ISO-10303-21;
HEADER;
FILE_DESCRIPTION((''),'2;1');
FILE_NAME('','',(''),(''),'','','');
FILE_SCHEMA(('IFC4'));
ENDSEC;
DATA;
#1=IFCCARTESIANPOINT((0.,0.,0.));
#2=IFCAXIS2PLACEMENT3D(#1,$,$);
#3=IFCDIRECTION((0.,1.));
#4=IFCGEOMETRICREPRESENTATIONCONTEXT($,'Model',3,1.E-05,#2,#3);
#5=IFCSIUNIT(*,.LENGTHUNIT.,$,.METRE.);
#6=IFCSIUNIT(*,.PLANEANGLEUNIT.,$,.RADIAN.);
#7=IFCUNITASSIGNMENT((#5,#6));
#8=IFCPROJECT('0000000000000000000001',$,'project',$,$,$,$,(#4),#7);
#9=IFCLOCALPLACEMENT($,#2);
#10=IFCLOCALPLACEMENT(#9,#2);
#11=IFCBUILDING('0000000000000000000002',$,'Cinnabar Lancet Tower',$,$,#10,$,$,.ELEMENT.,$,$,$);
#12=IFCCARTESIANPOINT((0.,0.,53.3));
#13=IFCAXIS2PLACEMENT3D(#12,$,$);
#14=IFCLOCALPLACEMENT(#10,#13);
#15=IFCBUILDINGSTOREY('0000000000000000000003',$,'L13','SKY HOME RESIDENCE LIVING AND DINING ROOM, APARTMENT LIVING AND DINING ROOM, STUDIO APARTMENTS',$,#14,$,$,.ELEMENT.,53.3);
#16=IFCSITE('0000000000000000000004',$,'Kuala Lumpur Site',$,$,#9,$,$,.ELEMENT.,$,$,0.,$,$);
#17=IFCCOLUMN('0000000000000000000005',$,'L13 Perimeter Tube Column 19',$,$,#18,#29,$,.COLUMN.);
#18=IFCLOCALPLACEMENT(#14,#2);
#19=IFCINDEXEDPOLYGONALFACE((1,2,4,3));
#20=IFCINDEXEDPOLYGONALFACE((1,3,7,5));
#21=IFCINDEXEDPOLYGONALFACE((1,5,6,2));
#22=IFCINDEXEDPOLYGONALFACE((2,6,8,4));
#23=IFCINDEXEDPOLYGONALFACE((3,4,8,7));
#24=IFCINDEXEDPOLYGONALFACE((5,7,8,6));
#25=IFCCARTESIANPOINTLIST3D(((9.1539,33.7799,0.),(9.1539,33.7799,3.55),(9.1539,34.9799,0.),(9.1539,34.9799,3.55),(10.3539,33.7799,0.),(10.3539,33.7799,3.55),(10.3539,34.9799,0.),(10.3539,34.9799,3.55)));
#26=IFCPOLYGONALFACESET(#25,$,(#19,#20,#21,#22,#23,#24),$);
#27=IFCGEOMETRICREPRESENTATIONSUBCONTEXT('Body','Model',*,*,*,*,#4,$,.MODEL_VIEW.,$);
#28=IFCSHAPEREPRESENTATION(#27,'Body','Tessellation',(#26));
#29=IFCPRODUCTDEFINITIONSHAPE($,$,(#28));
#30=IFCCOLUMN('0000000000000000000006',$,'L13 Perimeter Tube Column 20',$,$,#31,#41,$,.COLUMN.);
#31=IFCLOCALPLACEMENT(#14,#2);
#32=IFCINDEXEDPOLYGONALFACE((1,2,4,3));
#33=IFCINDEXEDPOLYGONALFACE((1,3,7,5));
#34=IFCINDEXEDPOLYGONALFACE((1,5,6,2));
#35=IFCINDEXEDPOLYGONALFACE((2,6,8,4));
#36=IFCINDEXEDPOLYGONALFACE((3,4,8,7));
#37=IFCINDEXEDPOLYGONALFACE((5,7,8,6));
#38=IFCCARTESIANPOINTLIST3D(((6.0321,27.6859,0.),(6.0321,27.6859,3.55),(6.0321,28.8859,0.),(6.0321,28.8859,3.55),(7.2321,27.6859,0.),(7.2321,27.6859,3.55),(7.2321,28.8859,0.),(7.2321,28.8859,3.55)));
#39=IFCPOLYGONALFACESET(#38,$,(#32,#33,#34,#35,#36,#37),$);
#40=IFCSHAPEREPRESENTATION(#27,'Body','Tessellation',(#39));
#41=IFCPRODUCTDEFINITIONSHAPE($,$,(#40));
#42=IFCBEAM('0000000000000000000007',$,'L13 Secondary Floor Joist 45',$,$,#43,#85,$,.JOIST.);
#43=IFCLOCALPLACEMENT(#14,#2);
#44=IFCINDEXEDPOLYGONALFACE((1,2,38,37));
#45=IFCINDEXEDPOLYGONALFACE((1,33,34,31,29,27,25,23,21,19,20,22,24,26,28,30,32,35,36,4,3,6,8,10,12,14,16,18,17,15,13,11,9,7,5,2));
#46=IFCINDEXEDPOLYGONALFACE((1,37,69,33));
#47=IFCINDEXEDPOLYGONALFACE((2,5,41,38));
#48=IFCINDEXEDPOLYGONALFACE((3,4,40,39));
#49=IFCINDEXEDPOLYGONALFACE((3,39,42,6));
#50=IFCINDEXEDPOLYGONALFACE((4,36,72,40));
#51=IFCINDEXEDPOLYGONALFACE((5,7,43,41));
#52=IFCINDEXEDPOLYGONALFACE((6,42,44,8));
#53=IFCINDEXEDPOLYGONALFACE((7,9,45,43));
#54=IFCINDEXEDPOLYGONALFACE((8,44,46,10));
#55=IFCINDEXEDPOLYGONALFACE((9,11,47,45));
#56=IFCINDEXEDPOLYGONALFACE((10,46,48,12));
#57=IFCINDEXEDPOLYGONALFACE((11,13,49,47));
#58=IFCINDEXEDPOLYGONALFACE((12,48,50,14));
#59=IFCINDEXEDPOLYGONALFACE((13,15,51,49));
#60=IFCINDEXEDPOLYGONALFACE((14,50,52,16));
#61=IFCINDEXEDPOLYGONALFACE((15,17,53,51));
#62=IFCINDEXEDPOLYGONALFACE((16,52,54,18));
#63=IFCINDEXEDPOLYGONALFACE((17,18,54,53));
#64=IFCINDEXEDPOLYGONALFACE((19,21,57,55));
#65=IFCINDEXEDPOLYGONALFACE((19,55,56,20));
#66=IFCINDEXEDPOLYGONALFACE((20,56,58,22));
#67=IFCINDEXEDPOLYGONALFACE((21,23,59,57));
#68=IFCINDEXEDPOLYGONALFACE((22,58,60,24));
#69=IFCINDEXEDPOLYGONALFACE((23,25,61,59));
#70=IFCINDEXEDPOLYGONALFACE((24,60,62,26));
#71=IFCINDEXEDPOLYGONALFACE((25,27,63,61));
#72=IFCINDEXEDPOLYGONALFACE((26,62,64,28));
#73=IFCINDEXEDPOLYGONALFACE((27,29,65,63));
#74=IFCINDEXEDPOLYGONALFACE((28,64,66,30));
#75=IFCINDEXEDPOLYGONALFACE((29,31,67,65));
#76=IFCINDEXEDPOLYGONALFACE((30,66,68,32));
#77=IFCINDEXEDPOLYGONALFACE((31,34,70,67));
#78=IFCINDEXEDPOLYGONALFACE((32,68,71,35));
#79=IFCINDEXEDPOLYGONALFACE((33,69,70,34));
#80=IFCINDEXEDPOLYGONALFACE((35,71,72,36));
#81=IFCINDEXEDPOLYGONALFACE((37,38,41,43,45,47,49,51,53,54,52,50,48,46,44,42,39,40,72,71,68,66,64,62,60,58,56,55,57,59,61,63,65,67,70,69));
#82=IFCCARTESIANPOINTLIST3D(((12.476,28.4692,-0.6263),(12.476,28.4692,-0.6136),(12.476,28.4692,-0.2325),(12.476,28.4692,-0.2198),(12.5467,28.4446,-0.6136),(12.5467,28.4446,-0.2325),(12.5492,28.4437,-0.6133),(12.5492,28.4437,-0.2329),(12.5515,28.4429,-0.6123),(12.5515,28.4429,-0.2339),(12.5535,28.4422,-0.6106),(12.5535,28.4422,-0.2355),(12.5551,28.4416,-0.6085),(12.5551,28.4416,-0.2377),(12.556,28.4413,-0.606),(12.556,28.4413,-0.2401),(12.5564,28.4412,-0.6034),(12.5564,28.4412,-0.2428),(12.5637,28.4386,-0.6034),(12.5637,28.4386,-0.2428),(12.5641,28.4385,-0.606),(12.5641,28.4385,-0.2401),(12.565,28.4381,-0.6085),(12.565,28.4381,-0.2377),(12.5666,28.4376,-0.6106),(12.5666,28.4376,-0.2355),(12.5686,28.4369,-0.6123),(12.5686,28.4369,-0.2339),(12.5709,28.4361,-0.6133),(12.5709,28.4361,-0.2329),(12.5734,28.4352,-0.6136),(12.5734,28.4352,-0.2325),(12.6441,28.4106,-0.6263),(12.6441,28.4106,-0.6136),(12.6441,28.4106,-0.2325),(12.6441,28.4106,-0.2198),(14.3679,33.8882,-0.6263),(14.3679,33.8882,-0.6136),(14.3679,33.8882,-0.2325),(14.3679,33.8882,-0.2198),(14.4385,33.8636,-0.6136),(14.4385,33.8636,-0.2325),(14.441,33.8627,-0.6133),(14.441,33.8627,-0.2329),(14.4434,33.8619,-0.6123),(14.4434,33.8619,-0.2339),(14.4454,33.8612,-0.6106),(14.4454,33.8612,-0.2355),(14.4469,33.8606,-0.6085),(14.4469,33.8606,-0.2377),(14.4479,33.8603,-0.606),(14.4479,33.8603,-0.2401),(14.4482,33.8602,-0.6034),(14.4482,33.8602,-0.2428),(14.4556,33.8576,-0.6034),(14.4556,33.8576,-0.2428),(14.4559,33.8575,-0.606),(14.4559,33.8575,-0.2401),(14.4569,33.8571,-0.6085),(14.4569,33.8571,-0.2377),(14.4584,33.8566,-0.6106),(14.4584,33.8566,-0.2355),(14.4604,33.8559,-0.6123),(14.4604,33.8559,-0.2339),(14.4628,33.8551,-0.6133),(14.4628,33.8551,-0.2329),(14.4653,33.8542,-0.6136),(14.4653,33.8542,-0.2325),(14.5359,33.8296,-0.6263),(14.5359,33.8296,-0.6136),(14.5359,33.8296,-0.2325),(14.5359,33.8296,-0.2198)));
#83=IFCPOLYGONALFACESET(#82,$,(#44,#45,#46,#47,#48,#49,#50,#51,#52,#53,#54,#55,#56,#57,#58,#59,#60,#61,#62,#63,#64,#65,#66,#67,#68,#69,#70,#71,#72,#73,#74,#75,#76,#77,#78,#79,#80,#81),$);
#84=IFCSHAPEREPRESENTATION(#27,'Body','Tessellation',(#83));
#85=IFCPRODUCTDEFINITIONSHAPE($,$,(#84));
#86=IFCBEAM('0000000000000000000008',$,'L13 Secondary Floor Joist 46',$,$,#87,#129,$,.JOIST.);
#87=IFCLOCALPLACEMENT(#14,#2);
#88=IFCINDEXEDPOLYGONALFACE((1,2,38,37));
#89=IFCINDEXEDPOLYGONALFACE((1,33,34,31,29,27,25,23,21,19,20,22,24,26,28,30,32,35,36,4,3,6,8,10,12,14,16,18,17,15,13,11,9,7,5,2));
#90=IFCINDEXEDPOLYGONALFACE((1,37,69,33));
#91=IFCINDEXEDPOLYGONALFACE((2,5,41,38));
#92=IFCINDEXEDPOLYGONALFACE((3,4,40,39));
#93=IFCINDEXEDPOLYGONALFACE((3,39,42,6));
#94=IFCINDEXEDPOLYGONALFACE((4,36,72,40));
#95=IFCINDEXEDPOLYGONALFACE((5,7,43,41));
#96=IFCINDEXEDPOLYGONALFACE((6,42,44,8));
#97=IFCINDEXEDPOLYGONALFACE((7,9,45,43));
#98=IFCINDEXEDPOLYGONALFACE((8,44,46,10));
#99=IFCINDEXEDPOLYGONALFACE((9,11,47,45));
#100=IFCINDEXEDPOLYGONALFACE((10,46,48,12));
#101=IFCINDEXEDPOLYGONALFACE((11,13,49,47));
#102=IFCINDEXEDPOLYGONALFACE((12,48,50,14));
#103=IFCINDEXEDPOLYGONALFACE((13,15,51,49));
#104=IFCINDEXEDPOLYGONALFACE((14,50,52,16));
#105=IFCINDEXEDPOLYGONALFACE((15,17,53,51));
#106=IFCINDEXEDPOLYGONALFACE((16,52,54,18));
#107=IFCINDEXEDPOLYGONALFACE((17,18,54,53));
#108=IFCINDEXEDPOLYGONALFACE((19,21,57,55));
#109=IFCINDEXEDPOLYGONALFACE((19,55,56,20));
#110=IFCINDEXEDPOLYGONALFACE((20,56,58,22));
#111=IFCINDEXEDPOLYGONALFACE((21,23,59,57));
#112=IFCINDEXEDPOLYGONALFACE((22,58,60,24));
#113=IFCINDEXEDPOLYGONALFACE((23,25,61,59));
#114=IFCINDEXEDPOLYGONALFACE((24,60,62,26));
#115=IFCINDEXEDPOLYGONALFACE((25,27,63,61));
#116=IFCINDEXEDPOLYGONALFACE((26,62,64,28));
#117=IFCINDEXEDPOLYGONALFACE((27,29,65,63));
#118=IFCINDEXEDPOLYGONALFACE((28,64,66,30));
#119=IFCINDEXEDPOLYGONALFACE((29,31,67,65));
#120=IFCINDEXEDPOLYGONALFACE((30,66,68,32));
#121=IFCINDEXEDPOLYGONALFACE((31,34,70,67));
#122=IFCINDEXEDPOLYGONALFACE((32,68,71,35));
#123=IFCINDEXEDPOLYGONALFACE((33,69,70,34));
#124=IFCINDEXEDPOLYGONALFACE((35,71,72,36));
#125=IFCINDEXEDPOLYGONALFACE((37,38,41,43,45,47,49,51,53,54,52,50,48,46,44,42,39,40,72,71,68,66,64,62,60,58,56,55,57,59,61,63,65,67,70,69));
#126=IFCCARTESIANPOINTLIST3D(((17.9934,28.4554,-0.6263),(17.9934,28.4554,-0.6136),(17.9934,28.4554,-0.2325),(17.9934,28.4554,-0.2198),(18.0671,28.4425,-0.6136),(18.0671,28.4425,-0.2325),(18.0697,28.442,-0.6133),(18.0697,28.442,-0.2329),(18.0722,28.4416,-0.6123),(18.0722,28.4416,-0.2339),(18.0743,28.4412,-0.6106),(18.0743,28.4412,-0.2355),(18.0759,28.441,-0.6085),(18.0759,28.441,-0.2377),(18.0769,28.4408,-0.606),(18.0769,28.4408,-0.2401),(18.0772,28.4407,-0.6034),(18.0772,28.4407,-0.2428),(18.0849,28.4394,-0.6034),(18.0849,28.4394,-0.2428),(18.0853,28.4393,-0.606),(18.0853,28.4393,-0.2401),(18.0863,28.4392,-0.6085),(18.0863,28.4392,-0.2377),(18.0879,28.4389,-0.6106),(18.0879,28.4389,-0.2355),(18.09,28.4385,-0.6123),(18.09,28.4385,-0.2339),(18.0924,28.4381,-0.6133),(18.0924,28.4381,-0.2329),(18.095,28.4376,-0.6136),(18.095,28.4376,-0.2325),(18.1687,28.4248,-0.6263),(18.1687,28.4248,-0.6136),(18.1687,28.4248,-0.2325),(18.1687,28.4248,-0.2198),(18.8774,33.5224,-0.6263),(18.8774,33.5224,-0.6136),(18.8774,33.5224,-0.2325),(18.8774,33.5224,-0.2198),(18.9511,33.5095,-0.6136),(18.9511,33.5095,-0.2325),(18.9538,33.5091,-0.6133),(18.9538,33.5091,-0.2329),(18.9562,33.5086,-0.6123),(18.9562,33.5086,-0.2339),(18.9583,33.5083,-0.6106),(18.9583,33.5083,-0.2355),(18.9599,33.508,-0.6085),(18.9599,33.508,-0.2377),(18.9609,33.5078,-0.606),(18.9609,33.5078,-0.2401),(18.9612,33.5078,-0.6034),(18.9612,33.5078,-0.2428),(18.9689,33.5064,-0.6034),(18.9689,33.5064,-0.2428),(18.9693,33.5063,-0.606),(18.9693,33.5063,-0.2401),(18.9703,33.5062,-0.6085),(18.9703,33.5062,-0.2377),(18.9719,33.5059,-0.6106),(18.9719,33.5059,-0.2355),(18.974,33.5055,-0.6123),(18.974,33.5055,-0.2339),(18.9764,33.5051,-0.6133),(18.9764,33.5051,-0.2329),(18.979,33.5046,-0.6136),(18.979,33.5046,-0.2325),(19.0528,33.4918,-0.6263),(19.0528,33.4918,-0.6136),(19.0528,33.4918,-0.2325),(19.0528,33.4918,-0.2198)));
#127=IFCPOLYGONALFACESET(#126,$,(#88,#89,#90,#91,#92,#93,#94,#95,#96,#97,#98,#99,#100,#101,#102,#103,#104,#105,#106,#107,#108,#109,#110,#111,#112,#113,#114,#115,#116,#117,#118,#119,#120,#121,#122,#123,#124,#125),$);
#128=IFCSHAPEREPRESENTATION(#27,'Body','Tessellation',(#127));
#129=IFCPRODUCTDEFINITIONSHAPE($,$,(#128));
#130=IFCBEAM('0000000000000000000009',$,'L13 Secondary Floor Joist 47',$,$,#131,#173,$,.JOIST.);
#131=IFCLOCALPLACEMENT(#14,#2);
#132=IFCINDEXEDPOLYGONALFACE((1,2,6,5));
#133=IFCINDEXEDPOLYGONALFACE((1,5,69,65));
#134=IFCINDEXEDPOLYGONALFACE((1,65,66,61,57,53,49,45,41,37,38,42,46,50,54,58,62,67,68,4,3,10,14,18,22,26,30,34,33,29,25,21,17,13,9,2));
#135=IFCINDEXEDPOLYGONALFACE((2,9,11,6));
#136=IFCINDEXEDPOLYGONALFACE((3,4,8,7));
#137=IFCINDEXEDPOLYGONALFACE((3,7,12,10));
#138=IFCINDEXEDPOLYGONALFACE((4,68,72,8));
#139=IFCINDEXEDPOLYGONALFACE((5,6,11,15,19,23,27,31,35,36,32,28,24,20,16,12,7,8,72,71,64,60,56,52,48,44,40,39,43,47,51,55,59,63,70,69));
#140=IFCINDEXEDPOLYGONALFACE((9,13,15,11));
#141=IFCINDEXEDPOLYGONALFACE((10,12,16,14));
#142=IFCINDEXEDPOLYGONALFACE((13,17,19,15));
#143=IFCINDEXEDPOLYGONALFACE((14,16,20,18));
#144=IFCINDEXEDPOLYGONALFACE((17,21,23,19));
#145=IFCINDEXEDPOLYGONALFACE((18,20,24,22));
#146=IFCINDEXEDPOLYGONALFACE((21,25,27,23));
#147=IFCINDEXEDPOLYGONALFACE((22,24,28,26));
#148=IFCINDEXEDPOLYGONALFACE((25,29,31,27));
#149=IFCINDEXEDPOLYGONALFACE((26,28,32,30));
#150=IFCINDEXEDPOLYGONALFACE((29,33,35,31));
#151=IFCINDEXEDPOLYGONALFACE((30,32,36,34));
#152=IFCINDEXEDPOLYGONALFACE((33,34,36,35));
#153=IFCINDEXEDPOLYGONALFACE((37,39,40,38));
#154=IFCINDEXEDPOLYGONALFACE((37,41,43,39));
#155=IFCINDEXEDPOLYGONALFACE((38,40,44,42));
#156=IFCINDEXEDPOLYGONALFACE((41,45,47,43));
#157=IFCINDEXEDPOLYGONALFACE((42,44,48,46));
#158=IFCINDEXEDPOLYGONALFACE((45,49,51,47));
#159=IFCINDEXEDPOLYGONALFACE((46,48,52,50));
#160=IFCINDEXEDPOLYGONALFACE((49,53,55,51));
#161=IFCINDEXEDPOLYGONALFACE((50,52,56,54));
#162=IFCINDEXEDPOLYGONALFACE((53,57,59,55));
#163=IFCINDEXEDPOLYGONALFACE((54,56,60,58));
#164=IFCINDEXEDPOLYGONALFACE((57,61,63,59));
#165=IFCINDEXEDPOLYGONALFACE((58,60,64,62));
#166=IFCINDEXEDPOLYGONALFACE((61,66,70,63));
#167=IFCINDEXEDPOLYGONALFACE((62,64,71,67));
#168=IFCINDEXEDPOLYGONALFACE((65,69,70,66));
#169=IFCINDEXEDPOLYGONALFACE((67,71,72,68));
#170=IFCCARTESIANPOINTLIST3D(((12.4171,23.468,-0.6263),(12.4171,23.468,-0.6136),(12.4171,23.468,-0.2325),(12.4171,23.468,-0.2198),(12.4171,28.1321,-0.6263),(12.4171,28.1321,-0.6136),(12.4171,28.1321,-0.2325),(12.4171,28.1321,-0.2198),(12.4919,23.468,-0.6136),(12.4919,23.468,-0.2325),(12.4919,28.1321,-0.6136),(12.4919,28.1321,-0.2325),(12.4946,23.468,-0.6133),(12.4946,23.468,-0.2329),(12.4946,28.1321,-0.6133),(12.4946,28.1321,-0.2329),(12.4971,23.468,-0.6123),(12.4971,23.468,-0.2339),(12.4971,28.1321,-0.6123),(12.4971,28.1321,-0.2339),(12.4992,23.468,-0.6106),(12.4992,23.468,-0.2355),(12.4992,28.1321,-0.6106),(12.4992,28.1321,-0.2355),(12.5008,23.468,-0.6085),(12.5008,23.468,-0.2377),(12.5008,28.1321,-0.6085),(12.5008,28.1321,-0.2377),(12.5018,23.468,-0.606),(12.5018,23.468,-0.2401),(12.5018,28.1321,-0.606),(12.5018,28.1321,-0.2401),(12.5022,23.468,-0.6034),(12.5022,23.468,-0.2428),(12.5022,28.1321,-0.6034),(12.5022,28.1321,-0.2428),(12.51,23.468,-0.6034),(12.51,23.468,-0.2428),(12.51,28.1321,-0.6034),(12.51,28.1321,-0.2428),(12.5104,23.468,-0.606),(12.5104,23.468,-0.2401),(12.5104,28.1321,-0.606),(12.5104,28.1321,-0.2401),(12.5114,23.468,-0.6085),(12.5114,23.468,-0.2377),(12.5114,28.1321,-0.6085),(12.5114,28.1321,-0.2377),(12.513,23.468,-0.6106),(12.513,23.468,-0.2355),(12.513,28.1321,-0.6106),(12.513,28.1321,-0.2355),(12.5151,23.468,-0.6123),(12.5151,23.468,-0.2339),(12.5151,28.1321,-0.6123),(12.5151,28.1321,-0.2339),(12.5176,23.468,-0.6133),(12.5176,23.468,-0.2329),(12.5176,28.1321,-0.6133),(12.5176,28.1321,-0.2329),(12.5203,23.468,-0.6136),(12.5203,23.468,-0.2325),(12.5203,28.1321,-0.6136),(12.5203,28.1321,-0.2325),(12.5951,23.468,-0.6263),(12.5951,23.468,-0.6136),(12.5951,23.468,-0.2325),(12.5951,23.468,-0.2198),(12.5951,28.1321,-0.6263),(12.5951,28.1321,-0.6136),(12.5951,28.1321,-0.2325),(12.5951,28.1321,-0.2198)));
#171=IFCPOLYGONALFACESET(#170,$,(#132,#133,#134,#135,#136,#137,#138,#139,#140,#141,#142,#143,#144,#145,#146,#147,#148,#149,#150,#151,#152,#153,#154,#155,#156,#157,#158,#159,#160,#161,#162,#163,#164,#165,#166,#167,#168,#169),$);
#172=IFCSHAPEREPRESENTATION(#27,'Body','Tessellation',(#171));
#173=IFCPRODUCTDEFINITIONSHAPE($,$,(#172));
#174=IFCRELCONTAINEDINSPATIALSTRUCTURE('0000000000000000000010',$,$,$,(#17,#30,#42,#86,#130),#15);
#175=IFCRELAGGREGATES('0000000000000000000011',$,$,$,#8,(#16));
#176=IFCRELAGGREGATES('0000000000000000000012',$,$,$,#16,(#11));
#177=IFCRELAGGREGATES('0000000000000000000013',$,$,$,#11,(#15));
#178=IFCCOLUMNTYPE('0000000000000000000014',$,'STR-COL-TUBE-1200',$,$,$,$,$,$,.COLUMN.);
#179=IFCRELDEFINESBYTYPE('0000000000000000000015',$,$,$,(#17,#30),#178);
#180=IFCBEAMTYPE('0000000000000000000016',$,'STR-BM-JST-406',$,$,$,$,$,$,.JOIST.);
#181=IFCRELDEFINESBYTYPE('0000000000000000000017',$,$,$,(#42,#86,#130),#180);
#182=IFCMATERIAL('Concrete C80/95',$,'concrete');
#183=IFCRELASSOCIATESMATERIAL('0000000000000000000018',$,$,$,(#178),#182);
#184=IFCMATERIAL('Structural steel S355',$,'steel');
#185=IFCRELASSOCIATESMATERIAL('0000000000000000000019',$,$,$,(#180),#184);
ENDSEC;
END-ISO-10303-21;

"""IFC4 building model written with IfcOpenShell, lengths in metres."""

from ifc_helpers import new_model, si_unit, direction, frame, origin, origin_2d, place, context, subcontext, project, spatial, rectangle, i_section, extrude, material, material_profile, profile_set, type_object, element, save


model = new_model("IFC4")

# Units and contexts
model_context = context("Model", 3, precision=1e-05, world=origin(), true_north=direction((0.0, 1.0)))
body_context = subcontext(model_context, "Body", "Model", "MODEL_VIEW")
ifc_project = project(units=[si_unit("LENGTHUNIT", "METRE"), si_unit("PLANEANGLEUNIT", "RADIAN")], contexts=[model_context])

# Site, building, storey
site_placement = place(None, origin())
site = spatial("IfcSite", under=ifc_project, at=site_placement, Name="Kuala Lumpur Site", CompositionType="ELEMENT", RefElevation=0.0)
building_placement = place(site_placement, origin())
building = spatial("IfcBuilding", under=site, at=building_placement, Name="Cinnabar Lancet Tower", CompositionType="ELEMENT")
storey_placement = place(building_placement, frame((0.0, 0.0, 53.3)))
storey = spatial("IfcBuildingStorey", under=building, at=storey_placement, Name="L13", Description="SKY HOME RESIDENCE LIVING AND DINING ROOM, APARTMENT LIVING AND DINING ROOM, STUDIO APARTMENTS", CompositionType="ELEMENT", Elevation=53.3)

# Columns
ifc_material_1 = material(Name="Concrete C80/95", Category="concrete")
ifc_material_profile_1 = material_profile(ifc_material_1, rectangle(XDim=1.2, YDim=1.2, at=origin_2d()), Name="RC-COL 1200x1200")
ifc_profile_set_1 = profile_set([ifc_material_profile_1], Name="Concrete C80/95")
column_type = type_object("IfcColumnType", Name="STR-COL-TUBE-1200", PredefinedType="COLUMN", material=ifc_profile_set_1)
for number, where, z_axis, x_axis, name in (
    (1, (9.7539, 34.3799, 0.0), (0.0, 0.0, 1.0), (1.0, 0.0, 0.0), "L13 Perimeter Tube Column 19"),
    (2, (6.6321, 28.2859, 0.0), (0.0, 0.0, 1.0), (1.0, 0.0, 0.0), "L13 Perimeter Tube Column 20"),
):
    element("IfcColumn", number, at=place(storey_placement, frame(where, z_axis=z_axis, x_axis=x_axis)), inside=storey, type_object=column_type, Name=name, PredefinedType="COLUMN", context=body_context, shape_type="SweptSolid", body=[
        extrude(rectangle(XDim=1.2, YDim=1.2, at=origin_2d()), origin(), (0.0, 0.0, 1.0), 3.55),
    ])

# Beams
ifc_material_2 = material(Name="Structural steel S355", Category="steel")
ifc_material_profile_2 = material_profile(ifc_material_2, i_section(OverallWidth=0.178, OverallDepth=0.4065, WebThickness=0.0078, FlangeThickness=0.0127, FilletRadius=0.0103, at=origin_2d()), Name="UKB 406x178x60")
ifc_profile_set_2 = profile_set([ifc_material_profile_2], Name="Structural steel S355")
beam_type_1 = type_object("IfcBeamType", Name="STR-BM-JST-406", PredefinedType="JOIST", material=ifc_profile_set_2)
beam_1_placement = place(storey_placement, frame((14.4519, 33.8589, -0.4231), z_axis=(-0.329608, -0.944118, 0.0), x_axis=(0.944118, -0.329608, 0.0)))
element("IfcBeam", 3, at=beam_1_placement, inside=storey, type_object=beam_type_1, Name="L13 Secondary Floor Joist 45", PredefinedType="JOIST", context=body_context, shape_type="SweptSolid", body=[
    extrude(i_section(OverallWidth=0.178, OverallDepth=0.4065, WebThickness=0.0078, FlangeThickness=0.0127, FilletRadius=0.0103, at=origin_2d()), origin(), (0.0, 0.0, 1.0), 5.7397),
])
beam_2_placement = place(storey_placement, frame((18.9651, 33.5071, -0.4231), z_axis=(-0.171868, -0.98512, 0.0), x_axis=(0.98512, -0.171868, 0.0)))
element("IfcBeam", 4, at=beam_2_placement, inside=storey, type_object=beam_type_1, Name="L13 Secondary Floor Joist 46", PredefinedType="JOIST", context=body_context, shape_type="SweptSolid", body=[
    extrude(i_section(OverallWidth=0.178, OverallDepth=0.4065, WebThickness=0.0078, FlangeThickness=0.0127, FilletRadius=0.0103, at=origin_2d()), origin(), (0.0, 0.0, 1.0), 5.1436),
])
for number, where, z_axis, x_axis, name in (
    (5, (12.5061, 28.1321, -0.4231), (0.0, -1.0, 0.0), (1.0, 0.0, 0.0), "L13 Secondary Floor Joist 47"),
):
    element("IfcBeam", number, at=place(storey_placement, frame(where, z_axis=z_axis, x_axis=x_axis)), inside=storey, type_object=beam_type_1, Name=name, PredefinedType="JOIST", context=body_context, shape_type="SweptSolid", body=[
        extrude(i_section(OverallWidth=0.178, OverallDepth=0.4065, WebThickness=0.0078, FlangeThickness=0.0127, FilletRadius=0.0103, at=origin_2d()), origin(), (0.0, 0.0, 1.0), 4.6641),
    ])

save(model, "model.ifc")
